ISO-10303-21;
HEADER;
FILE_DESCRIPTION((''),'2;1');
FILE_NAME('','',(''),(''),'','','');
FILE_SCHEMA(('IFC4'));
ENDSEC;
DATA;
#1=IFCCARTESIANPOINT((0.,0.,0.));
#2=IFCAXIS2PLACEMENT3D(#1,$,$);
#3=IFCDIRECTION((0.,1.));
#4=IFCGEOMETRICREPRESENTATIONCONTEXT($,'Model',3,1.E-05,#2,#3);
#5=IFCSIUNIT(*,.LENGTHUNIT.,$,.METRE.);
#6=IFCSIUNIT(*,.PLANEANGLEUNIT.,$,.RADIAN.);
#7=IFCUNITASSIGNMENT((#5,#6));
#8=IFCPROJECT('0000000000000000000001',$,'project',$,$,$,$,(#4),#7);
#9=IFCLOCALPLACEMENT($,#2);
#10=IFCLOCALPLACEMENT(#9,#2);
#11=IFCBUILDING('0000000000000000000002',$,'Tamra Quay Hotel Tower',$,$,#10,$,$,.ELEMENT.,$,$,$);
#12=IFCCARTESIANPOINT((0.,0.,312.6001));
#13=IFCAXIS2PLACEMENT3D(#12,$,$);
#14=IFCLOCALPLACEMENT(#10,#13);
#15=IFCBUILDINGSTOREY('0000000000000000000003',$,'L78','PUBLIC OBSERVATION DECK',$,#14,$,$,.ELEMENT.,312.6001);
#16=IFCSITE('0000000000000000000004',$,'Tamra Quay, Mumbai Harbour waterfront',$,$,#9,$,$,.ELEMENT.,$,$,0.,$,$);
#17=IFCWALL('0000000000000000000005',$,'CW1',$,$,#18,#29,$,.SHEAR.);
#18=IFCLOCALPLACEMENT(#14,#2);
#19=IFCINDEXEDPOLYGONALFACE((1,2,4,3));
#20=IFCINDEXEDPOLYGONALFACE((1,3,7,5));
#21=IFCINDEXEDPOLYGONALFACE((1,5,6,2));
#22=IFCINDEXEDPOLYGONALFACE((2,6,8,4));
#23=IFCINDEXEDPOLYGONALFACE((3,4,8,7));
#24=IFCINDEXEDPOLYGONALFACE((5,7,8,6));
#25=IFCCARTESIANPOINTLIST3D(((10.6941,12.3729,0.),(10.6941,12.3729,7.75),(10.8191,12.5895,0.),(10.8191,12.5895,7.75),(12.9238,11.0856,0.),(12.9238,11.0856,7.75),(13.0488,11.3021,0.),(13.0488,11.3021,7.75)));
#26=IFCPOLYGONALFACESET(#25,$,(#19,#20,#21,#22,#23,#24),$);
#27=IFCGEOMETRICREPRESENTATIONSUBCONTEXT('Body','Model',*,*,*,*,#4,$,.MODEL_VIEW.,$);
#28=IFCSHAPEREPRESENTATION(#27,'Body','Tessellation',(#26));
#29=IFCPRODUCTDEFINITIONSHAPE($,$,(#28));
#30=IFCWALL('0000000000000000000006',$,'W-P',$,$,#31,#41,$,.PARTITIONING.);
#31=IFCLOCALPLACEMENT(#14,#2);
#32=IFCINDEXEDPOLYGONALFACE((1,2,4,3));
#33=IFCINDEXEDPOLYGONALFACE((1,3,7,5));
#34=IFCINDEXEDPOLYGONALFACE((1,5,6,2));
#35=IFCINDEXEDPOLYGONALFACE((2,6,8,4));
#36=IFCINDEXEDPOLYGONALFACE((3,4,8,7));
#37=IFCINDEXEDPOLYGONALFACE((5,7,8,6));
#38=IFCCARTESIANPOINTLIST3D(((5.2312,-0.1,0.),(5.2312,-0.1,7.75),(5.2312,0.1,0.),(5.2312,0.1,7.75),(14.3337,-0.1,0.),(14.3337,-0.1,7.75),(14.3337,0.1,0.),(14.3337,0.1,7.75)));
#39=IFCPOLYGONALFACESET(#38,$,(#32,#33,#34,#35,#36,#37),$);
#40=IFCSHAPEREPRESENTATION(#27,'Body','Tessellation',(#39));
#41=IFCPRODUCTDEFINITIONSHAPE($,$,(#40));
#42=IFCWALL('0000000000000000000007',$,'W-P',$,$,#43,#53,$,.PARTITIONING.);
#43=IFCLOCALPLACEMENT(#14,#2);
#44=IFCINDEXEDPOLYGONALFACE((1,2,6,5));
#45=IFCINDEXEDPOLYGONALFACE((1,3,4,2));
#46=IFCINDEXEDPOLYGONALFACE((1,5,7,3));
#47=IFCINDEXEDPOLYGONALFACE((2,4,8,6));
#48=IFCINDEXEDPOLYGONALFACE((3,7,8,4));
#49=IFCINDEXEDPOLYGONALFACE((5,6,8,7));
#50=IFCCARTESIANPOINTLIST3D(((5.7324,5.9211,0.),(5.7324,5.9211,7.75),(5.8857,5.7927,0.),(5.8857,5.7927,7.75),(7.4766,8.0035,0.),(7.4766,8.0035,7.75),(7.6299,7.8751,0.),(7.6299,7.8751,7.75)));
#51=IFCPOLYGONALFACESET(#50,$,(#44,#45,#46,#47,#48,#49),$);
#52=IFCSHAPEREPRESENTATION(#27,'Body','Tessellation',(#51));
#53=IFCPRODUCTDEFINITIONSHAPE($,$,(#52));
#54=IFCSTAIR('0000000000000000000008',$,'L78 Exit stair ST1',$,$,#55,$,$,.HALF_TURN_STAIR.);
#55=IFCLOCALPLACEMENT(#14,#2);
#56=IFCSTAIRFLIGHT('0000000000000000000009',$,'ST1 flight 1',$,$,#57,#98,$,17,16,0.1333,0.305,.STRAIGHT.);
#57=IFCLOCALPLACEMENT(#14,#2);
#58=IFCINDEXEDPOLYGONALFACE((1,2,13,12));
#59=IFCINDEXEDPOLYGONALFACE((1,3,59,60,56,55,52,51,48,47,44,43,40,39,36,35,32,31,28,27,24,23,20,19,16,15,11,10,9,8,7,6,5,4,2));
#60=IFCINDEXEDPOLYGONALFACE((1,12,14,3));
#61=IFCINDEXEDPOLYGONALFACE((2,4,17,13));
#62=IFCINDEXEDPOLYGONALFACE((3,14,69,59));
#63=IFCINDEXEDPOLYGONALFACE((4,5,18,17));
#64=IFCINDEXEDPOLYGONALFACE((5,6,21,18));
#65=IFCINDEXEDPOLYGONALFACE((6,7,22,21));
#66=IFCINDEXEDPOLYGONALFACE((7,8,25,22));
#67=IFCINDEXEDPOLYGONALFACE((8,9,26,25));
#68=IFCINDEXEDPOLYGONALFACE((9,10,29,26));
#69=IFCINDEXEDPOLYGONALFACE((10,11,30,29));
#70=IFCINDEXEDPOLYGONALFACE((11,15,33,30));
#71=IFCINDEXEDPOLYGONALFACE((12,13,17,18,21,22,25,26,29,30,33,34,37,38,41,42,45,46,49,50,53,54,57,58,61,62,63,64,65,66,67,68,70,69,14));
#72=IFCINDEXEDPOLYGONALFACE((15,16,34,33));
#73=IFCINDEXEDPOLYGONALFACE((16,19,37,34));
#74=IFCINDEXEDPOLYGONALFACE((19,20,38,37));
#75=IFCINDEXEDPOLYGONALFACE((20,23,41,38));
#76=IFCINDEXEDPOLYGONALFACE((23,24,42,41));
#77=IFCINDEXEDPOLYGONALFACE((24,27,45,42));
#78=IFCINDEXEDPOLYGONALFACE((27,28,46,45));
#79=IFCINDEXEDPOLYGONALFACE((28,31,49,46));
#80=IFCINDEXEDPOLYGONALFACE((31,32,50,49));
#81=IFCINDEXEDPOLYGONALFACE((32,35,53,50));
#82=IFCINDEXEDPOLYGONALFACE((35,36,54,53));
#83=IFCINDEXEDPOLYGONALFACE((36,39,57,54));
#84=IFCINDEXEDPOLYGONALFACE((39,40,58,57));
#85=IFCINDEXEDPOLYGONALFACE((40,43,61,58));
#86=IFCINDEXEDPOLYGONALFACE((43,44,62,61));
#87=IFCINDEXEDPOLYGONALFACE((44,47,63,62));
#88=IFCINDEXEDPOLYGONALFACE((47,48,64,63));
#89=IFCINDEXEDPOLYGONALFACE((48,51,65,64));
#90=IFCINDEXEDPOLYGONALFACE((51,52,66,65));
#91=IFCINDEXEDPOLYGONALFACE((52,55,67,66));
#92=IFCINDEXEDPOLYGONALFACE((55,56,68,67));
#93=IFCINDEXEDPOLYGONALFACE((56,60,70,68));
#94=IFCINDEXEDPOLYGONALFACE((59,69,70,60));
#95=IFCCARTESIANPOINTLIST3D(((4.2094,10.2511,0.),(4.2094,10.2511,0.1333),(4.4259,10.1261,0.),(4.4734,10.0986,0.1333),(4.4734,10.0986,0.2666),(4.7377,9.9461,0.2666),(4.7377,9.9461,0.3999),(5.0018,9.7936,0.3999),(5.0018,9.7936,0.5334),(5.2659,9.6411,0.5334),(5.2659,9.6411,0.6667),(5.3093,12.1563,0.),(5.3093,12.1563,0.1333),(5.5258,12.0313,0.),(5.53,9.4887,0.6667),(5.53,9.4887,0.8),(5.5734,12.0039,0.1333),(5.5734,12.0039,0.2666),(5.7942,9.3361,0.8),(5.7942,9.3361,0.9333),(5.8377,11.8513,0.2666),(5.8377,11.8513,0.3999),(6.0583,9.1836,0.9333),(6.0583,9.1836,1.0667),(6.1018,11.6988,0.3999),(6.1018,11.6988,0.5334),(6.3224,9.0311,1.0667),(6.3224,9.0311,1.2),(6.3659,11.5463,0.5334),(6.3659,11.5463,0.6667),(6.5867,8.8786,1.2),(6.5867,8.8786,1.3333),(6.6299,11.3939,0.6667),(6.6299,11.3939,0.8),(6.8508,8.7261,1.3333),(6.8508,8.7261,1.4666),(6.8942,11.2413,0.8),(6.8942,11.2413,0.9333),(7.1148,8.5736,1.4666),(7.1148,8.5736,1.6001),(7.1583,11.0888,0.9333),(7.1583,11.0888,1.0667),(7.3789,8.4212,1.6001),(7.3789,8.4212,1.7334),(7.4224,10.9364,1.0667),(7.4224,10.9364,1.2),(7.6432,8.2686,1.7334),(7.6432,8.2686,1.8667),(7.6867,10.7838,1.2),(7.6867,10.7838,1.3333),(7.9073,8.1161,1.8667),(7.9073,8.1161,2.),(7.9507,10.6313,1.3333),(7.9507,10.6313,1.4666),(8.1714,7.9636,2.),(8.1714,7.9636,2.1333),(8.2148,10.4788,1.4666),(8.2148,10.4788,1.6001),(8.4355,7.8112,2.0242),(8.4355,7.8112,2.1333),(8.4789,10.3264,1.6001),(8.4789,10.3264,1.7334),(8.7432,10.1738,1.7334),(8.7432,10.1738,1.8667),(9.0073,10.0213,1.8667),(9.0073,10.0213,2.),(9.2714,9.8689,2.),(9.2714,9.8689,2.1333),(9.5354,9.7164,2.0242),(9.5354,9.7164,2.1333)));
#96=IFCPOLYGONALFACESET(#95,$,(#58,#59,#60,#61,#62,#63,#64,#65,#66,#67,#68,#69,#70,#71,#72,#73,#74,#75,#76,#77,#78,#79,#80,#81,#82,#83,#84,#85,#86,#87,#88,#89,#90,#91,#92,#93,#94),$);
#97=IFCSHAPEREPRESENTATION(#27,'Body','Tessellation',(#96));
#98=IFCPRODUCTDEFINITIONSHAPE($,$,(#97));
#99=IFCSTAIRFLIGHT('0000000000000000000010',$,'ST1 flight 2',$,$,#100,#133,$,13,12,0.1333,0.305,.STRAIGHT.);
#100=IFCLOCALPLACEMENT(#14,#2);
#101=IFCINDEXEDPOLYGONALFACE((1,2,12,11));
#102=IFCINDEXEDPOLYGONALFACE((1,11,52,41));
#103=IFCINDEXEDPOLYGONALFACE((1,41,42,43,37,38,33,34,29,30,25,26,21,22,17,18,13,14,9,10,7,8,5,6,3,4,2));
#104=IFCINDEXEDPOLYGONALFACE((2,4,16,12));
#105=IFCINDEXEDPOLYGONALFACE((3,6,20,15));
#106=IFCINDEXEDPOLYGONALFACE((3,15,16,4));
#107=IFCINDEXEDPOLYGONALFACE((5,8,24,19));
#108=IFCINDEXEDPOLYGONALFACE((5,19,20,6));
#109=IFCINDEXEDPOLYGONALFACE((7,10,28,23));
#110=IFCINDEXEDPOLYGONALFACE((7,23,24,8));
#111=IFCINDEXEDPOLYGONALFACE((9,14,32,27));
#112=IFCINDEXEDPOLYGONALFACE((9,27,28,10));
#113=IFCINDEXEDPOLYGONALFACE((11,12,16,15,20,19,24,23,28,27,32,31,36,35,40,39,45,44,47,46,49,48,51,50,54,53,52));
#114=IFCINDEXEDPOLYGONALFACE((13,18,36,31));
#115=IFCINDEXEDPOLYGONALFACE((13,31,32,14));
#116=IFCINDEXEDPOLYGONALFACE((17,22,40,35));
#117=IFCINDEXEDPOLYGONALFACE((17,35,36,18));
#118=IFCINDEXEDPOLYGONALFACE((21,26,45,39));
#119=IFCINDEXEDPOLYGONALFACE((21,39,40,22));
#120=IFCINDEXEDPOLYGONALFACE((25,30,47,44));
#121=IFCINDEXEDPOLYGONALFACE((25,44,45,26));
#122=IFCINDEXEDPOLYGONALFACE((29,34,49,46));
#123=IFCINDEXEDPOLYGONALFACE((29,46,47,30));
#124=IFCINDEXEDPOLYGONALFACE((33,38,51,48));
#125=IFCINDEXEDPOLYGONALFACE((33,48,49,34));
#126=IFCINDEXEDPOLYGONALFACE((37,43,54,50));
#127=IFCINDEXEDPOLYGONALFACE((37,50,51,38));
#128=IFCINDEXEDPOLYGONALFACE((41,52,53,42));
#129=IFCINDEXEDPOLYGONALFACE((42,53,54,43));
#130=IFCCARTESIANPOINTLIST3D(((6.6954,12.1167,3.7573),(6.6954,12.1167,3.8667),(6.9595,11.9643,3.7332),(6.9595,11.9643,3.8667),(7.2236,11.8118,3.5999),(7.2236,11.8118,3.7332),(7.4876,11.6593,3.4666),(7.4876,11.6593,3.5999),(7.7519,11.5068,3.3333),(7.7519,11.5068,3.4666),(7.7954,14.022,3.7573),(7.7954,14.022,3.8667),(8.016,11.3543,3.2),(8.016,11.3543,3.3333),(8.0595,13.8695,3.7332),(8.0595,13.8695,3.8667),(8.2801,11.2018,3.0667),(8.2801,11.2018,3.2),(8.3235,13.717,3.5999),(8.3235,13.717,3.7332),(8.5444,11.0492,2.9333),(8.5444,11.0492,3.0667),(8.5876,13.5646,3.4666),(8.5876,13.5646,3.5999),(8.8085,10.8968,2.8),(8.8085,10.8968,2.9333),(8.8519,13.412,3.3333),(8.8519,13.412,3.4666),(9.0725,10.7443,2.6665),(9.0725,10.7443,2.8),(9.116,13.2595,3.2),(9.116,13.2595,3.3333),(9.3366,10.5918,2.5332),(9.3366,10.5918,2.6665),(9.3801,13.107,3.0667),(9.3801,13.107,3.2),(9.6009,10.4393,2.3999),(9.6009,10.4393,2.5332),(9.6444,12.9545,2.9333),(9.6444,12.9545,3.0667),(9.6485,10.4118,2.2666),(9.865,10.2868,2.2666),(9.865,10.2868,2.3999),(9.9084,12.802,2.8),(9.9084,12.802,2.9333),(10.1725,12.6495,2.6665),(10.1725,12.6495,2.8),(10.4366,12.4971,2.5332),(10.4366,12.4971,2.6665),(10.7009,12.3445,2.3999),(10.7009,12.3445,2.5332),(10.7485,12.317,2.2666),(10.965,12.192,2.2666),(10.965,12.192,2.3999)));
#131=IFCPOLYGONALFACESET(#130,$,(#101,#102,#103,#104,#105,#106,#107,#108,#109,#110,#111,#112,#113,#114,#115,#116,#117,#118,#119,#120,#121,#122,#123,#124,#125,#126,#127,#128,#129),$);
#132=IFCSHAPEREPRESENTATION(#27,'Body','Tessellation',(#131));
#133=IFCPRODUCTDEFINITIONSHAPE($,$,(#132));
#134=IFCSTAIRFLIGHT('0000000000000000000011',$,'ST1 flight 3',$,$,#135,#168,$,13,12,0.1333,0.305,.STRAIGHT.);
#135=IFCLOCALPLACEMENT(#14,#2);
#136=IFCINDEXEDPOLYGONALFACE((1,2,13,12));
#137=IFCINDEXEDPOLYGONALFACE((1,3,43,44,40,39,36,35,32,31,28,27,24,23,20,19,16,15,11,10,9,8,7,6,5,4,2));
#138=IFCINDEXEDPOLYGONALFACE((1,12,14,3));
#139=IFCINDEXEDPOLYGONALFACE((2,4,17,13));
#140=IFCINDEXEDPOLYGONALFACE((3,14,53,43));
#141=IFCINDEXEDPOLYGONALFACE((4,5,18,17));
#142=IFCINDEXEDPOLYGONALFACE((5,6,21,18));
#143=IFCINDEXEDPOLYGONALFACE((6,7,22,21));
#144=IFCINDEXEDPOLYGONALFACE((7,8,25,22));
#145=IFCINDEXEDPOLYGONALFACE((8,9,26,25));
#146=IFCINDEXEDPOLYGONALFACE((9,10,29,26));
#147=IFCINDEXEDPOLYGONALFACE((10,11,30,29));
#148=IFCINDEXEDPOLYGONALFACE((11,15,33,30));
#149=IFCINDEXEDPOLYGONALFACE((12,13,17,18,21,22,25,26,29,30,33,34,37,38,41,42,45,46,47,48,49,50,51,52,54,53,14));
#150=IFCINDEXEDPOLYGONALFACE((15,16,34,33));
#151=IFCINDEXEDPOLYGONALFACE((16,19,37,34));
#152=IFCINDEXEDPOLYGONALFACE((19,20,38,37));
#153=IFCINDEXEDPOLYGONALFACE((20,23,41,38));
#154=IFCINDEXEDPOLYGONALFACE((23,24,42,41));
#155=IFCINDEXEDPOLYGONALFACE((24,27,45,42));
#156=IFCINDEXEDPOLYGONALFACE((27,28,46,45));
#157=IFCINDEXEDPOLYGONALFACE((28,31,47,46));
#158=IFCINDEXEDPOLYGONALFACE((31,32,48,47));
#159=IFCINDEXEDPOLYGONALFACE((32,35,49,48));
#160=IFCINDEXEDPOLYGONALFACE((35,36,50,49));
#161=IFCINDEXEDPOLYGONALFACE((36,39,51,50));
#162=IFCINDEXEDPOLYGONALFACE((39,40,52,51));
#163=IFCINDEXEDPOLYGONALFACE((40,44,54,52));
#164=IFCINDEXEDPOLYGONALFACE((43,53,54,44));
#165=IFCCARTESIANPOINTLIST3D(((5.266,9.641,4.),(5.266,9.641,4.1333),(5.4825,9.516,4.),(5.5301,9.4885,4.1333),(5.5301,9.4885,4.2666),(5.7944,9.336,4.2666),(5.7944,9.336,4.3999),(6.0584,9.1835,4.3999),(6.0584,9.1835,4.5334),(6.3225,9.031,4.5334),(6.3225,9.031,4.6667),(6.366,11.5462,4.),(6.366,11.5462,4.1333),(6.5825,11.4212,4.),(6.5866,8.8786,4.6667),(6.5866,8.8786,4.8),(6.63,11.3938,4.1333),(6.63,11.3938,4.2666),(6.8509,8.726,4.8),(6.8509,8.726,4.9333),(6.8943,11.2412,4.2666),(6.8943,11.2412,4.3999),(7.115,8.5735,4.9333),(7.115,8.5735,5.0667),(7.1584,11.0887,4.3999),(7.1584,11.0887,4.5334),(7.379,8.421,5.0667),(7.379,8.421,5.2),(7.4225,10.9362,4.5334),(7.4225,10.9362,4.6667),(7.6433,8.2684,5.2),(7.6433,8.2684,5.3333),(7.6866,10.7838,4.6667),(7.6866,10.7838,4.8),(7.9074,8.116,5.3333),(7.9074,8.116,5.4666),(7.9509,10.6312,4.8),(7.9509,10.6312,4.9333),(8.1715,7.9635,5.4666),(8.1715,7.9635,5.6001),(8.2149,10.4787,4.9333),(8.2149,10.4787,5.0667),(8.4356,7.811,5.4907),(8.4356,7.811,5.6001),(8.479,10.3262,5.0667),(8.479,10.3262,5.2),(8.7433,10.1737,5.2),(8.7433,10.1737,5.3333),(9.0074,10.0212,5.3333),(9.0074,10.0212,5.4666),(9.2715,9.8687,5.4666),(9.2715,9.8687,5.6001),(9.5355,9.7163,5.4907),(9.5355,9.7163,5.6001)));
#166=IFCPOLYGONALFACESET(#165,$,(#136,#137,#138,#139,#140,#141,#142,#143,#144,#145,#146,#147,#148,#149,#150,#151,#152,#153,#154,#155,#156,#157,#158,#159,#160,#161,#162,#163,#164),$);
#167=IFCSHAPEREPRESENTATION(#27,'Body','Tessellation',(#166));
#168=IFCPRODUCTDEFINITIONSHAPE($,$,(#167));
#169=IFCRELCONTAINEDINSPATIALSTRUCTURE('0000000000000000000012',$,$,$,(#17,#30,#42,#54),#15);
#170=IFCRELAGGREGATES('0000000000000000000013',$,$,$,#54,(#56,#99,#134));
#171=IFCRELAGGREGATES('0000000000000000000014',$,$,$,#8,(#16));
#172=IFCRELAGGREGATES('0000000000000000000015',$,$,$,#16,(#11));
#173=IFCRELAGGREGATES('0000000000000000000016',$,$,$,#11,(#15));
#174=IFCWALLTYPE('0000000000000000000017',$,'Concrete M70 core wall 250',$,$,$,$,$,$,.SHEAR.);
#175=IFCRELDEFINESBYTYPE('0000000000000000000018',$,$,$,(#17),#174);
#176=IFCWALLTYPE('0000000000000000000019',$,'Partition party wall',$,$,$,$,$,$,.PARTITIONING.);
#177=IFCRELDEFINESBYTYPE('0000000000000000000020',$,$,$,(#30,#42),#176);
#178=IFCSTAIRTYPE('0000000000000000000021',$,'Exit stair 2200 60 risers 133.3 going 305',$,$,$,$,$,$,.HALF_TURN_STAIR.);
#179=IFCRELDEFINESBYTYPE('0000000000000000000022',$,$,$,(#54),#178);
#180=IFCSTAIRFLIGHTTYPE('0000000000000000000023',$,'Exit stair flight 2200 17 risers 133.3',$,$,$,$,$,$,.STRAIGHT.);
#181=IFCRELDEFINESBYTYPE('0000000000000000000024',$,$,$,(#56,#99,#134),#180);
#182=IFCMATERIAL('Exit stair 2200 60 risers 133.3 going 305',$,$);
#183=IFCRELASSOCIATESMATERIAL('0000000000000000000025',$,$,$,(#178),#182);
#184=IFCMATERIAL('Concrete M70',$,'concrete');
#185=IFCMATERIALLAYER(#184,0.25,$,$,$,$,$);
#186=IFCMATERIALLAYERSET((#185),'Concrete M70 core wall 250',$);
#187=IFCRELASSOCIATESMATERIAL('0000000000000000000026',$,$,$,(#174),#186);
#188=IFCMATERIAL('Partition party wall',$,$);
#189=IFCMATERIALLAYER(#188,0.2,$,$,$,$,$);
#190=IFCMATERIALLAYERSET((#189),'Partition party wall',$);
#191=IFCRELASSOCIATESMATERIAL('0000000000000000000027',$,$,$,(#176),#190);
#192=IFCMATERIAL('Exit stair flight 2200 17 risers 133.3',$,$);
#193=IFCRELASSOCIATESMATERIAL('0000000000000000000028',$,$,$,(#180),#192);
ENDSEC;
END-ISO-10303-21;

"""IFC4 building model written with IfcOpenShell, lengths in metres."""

from ifc_helpers import new_model, si_unit, direction, frame, frame_2d, origin, place, context, subcontext, project, spatial, polyline, rectangle, outline, extrude, material, layer, layer_set, type_object, element, aggregate, save


model = new_model("IFC4")

# Units and contexts
model_context = context("Model", 3, precision=1e-05, world=origin(), true_north=direction((0.0, 1.0)))
body_context = subcontext(model_context, "Body", "Model", "MODEL_VIEW")
ifc_project = project(units=[si_unit("LENGTHUNIT", "METRE"), si_unit("PLANEANGLEUNIT", "RADIAN")], contexts=[model_context])

# Site, building, storey
site_placement = place(None, origin())
site = spatial("IfcSite", under=ifc_project, at=site_placement, Name="Tamra Quay, Mumbai Harbour waterfront", CompositionType="ELEMENT", RefElevation=0.0)
building_placement = place(site_placement, origin())
building = spatial("IfcBuilding", under=site, at=building_placement, Name="Tamra Quay Hotel Tower", CompositionType="ELEMENT")
storey_placement = place(building_placement, frame((0.0, 0.0, 312.6001)))
storey = spatial("IfcBuildingStorey", under=building, at=storey_placement, Name="L78", Description="PUBLIC OBSERVATION DECK", CompositionType="ELEMENT", Elevation=312.6001)

# Shared definitions
ifc_material_1 = material(Name="Exit stair 2200 60 risers 133.3 going 305")
stair_type = type_object("IfcStairType", Name="Exit stair 2200 60 risers 133.3 going 305", PredefinedType="HALF_TURN_STAIR", material=ifc_material_1)
ifc_material_2 = material(Name="Concrete M70", Category="concrete")

# Shared definitions
ifc_layer_1 = layer(ifc_material_2, 0.25)
ifc_layer_set_1 = layer_set([ifc_layer_1], Name="Concrete M70 core wall 250")
wall_type_1 = type_object("IfcWallType", Name="Concrete M70 core wall 250", PredefinedType="SHEAR", material=ifc_layer_set_1)

# Walls
wall_1_placement = place(storey_placement, frame((10.7566, 12.4812, 0.0), z_axis=(0.0, 0.0, 1.0), x_axis=(0.866023, -0.500004, 0.0)))
element("IfcWall", 1, at=wall_1_placement, inside=storey, type_object=wall_type_1, Name="CW1", PredefinedType="SHEAR", context=body_context, shape_type="SweptSolid", body=[
    extrude(rectangle(XDim=2.5747, YDim=0.25, at=frame_2d((1.2874, 0.0))), origin(), (0.0, 0.0, 1.0), 7.75),
])
ifc_material_3 = material(Name="Partition party wall")
ifc_layer_2 = layer(ifc_material_3, 0.2)
ifc_layer_set_2 = layer_set([ifc_layer_2], Name="Partition party wall")
wall_type_2 = type_object("IfcWallType", Name="Partition party wall", PredefinedType="PARTITIONING", material=ifc_layer_set_2)
wall_2_placement = place(storey_placement, frame((5.2312, 0.0, 0.0), z_axis=(0.0, 0.0, 1.0), x_axis=(1.0, 0.0, 0.0)))
element("IfcWall", 2, at=wall_2_placement, inside=storey, type_object=wall_type_2, Name="W-P", PredefinedType="PARTITIONING", context=body_context, shape_type="SweptSolid", body=[
    extrude(rectangle(XDim=9.1025, YDim=0.2, at=frame_2d((4.5513, 0.0))), origin(), (0.0, 0.0, 1.0), 7.75),
])
wall_3_placement = place(storey_placement, frame((5.8091, 5.8569, 0.0), z_axis=(0.0, 0.0, 1.0), x_axis=(0.642119, 0.766605, 0.0)))
element("IfcWall", 3, at=wall_3_placement, inside=storey, type_object=wall_type_2, Name="W-P", PredefinedType="PARTITIONING", context=body_context, shape_type="SweptSolid", body=[
    extrude(rectangle(XDim=2.7163, YDim=0.2, at=frame_2d((1.3582, 0.0))), origin(), (0.0, 0.0, 1.0), 7.75),
])

# Stair, stair flights
stair_1_placement = place(storey_placement, origin())
stair_1 = element("IfcStair", 4, at=stair_1_placement, inside=storey, type_object=stair_type, Name="L78 Exit stair ST1", PredefinedType="HALF_TURN_STAIR")
ifc_material_4 = material(Name="Exit stair flight 2200 17 risers 133.3")
stair_flight_type = type_object("IfcStairFlightType", Name="Exit stair flight 2200 17 risers 133.3", PredefinedType="STRAIGHT", material=ifc_material_4)
stair_flight_1_placement = place(storey_placement, frame((4.7593, 11.2036, 0.0), z_axis=(0.0, 0.0, 1.0), x_axis=(0.866025, -0.5, 0.0)))
stair_flight_1 = element("IfcStairFlight", 5, at=stair_flight_1_placement, type_object=stair_flight_type, Name="ST1 flight 1", NumberOfRisers=17, NumberOfTreads=16, PredefinedType="STRAIGHT", RiserHeight=0.1333, TreadLength=0.305, context=body_context, shape_type="SweptSolid", body=[
    extrude(outline(polyline([(0.0, 0.0), (0.0, 0.1333), (0.3049, 0.1333), (0.3049, 0.2666), (0.6101, 0.2666), (0.6101, 0.3999), (0.915, 0.3999), (0.915, 0.5334), (1.22, 0.5334), (1.22, 0.6667), (1.5249, 0.6667), (1.5249, 0.8), (1.8301, 0.8), (1.8301, 0.9333), (2.135, 0.9333), (2.135, 1.0667), (2.4399, 1.0667), (2.4399, 1.2), (2.7451, 1.2), (2.7451, 1.3333), (3.05, 1.3333), (3.05, 1.4666), (3.355, 1.4666), (3.355, 1.6001), (3.6599, 1.6001), (3.6599, 1.7334), (3.9651, 1.7334), (3.9651, 1.8667), (4.27, 1.8667), (4.27, 2.0), (4.575, 2.0), (4.575, 2.1333), (4.8799, 2.1333), (4.8799, 2.2666), (4.8799, 2.0242), (0.25, 0.0), (0.0, 0.0)])), frame((0.0, 1.1001, 0.0), z_axis=(0.0, -1.0, 0.0), x_axis=(1.0, 0.0, 0.0)), (0.0, 0.0, 1.0), 2.2),
])
stair_flight_2_placement = place(storey_placement, frame((10.415, 11.2395, 2.2666), z_axis=(0.0, 0.0, 1.0), x_axis=(-0.866025, 0.5, 0.0)))
stair_flight_2 = element("IfcStairFlight", 6, at=stair_flight_2_placement, type_object=stair_flight_type, Name="ST1 flight 2", NumberOfRisers=13, NumberOfTreads=12, PredefinedType="STRAIGHT", RiserHeight=0.1333, TreadLength=0.305, context=body_context, shape_type="SweptSolid", body=[
    extrude(outline(polyline([(0.0, 0.0), (0.0, 0.1333), (0.3049, 0.1333), (0.3049, 0.2666), (0.6101, 0.2666), (0.6101, 0.3999), (0.915, 0.3999), (0.915, 0.5334), (1.22, 0.5334), (1.22, 0.6667), (1.5249, 0.6667), (1.5249, 0.8), (1.8301, 0.8), (1.8301, 0.9333), (2.135, 0.9333), (2.135, 1.0667), (2.4399, 1.0667), (2.4399, 1.2), (2.7451, 1.2), (2.7451, 1.3333), (3.05, 1.3333), (3.05, 1.4666), (3.355, 1.4666), (3.355, 1.6001), (3.6599, 1.6001), (3.6599, 1.7334), (3.6599, 1.4907), (0.25, 0.0), (0.0, 0.0)])), frame((0.0, 1.1001, 0.0), z_axis=(0.0, -1.0, 0.0), x_axis=(1.0, 0.0, 0.0)), (0.0, 0.0, 1.0), 2.2),
])
stair_flight_3_placement = place(storey_placement, frame((5.8159, 10.5935, 4.0), z_axis=(0.0, 0.0, 1.0), x_axis=(0.866025, -0.5, 0.0)))
stair_flight_3 = element("IfcStairFlight", 7, at=stair_flight_3_placement, type_object=stair_flight_type, Name="ST1 flight 3", NumberOfRisers=13, NumberOfTreads=12, PredefinedType="STRAIGHT", RiserHeight=0.1333, TreadLength=0.305, context=body_context, shape_type="SweptSolid", body=[
    extrude(outline(polyline([(0.0, 0.0), (0.0, 0.1333), (0.3049, 0.1333), (0.3049, 0.2666), (0.6101, 0.2666), (0.6101, 0.3999), (0.915, 0.3999), (0.915, 0.5334), (1.22, 0.5334), (1.22, 0.6667), (1.5249, 0.6667), (1.5249, 0.8), (1.8301, 0.8), (1.8301, 0.9333), (2.135, 0.9333), (2.135, 1.0667), (2.4399, 1.0667), (2.4399, 1.2), (2.7451, 1.2), (2.7451, 1.3333), (3.05, 1.3333), (3.05, 1.4666), (3.355, 1.4666), (3.355, 1.6001), (3.6599, 1.6001), (3.6599, 1.7334), (3.6599, 1.4907), (0.25, 0.0), (0.0, 0.0)])), frame((0.0, 1.1001, 0.0), z_axis=(0.0, -1.0, 0.0), x_axis=(1.0, 0.0, 0.0)), (0.0, 0.0, 1.0), 2.2),
])
aggregate(stair_1, [stair_flight_1, stair_flight_2, stair_flight_3])

save(model, "model.ifc")
